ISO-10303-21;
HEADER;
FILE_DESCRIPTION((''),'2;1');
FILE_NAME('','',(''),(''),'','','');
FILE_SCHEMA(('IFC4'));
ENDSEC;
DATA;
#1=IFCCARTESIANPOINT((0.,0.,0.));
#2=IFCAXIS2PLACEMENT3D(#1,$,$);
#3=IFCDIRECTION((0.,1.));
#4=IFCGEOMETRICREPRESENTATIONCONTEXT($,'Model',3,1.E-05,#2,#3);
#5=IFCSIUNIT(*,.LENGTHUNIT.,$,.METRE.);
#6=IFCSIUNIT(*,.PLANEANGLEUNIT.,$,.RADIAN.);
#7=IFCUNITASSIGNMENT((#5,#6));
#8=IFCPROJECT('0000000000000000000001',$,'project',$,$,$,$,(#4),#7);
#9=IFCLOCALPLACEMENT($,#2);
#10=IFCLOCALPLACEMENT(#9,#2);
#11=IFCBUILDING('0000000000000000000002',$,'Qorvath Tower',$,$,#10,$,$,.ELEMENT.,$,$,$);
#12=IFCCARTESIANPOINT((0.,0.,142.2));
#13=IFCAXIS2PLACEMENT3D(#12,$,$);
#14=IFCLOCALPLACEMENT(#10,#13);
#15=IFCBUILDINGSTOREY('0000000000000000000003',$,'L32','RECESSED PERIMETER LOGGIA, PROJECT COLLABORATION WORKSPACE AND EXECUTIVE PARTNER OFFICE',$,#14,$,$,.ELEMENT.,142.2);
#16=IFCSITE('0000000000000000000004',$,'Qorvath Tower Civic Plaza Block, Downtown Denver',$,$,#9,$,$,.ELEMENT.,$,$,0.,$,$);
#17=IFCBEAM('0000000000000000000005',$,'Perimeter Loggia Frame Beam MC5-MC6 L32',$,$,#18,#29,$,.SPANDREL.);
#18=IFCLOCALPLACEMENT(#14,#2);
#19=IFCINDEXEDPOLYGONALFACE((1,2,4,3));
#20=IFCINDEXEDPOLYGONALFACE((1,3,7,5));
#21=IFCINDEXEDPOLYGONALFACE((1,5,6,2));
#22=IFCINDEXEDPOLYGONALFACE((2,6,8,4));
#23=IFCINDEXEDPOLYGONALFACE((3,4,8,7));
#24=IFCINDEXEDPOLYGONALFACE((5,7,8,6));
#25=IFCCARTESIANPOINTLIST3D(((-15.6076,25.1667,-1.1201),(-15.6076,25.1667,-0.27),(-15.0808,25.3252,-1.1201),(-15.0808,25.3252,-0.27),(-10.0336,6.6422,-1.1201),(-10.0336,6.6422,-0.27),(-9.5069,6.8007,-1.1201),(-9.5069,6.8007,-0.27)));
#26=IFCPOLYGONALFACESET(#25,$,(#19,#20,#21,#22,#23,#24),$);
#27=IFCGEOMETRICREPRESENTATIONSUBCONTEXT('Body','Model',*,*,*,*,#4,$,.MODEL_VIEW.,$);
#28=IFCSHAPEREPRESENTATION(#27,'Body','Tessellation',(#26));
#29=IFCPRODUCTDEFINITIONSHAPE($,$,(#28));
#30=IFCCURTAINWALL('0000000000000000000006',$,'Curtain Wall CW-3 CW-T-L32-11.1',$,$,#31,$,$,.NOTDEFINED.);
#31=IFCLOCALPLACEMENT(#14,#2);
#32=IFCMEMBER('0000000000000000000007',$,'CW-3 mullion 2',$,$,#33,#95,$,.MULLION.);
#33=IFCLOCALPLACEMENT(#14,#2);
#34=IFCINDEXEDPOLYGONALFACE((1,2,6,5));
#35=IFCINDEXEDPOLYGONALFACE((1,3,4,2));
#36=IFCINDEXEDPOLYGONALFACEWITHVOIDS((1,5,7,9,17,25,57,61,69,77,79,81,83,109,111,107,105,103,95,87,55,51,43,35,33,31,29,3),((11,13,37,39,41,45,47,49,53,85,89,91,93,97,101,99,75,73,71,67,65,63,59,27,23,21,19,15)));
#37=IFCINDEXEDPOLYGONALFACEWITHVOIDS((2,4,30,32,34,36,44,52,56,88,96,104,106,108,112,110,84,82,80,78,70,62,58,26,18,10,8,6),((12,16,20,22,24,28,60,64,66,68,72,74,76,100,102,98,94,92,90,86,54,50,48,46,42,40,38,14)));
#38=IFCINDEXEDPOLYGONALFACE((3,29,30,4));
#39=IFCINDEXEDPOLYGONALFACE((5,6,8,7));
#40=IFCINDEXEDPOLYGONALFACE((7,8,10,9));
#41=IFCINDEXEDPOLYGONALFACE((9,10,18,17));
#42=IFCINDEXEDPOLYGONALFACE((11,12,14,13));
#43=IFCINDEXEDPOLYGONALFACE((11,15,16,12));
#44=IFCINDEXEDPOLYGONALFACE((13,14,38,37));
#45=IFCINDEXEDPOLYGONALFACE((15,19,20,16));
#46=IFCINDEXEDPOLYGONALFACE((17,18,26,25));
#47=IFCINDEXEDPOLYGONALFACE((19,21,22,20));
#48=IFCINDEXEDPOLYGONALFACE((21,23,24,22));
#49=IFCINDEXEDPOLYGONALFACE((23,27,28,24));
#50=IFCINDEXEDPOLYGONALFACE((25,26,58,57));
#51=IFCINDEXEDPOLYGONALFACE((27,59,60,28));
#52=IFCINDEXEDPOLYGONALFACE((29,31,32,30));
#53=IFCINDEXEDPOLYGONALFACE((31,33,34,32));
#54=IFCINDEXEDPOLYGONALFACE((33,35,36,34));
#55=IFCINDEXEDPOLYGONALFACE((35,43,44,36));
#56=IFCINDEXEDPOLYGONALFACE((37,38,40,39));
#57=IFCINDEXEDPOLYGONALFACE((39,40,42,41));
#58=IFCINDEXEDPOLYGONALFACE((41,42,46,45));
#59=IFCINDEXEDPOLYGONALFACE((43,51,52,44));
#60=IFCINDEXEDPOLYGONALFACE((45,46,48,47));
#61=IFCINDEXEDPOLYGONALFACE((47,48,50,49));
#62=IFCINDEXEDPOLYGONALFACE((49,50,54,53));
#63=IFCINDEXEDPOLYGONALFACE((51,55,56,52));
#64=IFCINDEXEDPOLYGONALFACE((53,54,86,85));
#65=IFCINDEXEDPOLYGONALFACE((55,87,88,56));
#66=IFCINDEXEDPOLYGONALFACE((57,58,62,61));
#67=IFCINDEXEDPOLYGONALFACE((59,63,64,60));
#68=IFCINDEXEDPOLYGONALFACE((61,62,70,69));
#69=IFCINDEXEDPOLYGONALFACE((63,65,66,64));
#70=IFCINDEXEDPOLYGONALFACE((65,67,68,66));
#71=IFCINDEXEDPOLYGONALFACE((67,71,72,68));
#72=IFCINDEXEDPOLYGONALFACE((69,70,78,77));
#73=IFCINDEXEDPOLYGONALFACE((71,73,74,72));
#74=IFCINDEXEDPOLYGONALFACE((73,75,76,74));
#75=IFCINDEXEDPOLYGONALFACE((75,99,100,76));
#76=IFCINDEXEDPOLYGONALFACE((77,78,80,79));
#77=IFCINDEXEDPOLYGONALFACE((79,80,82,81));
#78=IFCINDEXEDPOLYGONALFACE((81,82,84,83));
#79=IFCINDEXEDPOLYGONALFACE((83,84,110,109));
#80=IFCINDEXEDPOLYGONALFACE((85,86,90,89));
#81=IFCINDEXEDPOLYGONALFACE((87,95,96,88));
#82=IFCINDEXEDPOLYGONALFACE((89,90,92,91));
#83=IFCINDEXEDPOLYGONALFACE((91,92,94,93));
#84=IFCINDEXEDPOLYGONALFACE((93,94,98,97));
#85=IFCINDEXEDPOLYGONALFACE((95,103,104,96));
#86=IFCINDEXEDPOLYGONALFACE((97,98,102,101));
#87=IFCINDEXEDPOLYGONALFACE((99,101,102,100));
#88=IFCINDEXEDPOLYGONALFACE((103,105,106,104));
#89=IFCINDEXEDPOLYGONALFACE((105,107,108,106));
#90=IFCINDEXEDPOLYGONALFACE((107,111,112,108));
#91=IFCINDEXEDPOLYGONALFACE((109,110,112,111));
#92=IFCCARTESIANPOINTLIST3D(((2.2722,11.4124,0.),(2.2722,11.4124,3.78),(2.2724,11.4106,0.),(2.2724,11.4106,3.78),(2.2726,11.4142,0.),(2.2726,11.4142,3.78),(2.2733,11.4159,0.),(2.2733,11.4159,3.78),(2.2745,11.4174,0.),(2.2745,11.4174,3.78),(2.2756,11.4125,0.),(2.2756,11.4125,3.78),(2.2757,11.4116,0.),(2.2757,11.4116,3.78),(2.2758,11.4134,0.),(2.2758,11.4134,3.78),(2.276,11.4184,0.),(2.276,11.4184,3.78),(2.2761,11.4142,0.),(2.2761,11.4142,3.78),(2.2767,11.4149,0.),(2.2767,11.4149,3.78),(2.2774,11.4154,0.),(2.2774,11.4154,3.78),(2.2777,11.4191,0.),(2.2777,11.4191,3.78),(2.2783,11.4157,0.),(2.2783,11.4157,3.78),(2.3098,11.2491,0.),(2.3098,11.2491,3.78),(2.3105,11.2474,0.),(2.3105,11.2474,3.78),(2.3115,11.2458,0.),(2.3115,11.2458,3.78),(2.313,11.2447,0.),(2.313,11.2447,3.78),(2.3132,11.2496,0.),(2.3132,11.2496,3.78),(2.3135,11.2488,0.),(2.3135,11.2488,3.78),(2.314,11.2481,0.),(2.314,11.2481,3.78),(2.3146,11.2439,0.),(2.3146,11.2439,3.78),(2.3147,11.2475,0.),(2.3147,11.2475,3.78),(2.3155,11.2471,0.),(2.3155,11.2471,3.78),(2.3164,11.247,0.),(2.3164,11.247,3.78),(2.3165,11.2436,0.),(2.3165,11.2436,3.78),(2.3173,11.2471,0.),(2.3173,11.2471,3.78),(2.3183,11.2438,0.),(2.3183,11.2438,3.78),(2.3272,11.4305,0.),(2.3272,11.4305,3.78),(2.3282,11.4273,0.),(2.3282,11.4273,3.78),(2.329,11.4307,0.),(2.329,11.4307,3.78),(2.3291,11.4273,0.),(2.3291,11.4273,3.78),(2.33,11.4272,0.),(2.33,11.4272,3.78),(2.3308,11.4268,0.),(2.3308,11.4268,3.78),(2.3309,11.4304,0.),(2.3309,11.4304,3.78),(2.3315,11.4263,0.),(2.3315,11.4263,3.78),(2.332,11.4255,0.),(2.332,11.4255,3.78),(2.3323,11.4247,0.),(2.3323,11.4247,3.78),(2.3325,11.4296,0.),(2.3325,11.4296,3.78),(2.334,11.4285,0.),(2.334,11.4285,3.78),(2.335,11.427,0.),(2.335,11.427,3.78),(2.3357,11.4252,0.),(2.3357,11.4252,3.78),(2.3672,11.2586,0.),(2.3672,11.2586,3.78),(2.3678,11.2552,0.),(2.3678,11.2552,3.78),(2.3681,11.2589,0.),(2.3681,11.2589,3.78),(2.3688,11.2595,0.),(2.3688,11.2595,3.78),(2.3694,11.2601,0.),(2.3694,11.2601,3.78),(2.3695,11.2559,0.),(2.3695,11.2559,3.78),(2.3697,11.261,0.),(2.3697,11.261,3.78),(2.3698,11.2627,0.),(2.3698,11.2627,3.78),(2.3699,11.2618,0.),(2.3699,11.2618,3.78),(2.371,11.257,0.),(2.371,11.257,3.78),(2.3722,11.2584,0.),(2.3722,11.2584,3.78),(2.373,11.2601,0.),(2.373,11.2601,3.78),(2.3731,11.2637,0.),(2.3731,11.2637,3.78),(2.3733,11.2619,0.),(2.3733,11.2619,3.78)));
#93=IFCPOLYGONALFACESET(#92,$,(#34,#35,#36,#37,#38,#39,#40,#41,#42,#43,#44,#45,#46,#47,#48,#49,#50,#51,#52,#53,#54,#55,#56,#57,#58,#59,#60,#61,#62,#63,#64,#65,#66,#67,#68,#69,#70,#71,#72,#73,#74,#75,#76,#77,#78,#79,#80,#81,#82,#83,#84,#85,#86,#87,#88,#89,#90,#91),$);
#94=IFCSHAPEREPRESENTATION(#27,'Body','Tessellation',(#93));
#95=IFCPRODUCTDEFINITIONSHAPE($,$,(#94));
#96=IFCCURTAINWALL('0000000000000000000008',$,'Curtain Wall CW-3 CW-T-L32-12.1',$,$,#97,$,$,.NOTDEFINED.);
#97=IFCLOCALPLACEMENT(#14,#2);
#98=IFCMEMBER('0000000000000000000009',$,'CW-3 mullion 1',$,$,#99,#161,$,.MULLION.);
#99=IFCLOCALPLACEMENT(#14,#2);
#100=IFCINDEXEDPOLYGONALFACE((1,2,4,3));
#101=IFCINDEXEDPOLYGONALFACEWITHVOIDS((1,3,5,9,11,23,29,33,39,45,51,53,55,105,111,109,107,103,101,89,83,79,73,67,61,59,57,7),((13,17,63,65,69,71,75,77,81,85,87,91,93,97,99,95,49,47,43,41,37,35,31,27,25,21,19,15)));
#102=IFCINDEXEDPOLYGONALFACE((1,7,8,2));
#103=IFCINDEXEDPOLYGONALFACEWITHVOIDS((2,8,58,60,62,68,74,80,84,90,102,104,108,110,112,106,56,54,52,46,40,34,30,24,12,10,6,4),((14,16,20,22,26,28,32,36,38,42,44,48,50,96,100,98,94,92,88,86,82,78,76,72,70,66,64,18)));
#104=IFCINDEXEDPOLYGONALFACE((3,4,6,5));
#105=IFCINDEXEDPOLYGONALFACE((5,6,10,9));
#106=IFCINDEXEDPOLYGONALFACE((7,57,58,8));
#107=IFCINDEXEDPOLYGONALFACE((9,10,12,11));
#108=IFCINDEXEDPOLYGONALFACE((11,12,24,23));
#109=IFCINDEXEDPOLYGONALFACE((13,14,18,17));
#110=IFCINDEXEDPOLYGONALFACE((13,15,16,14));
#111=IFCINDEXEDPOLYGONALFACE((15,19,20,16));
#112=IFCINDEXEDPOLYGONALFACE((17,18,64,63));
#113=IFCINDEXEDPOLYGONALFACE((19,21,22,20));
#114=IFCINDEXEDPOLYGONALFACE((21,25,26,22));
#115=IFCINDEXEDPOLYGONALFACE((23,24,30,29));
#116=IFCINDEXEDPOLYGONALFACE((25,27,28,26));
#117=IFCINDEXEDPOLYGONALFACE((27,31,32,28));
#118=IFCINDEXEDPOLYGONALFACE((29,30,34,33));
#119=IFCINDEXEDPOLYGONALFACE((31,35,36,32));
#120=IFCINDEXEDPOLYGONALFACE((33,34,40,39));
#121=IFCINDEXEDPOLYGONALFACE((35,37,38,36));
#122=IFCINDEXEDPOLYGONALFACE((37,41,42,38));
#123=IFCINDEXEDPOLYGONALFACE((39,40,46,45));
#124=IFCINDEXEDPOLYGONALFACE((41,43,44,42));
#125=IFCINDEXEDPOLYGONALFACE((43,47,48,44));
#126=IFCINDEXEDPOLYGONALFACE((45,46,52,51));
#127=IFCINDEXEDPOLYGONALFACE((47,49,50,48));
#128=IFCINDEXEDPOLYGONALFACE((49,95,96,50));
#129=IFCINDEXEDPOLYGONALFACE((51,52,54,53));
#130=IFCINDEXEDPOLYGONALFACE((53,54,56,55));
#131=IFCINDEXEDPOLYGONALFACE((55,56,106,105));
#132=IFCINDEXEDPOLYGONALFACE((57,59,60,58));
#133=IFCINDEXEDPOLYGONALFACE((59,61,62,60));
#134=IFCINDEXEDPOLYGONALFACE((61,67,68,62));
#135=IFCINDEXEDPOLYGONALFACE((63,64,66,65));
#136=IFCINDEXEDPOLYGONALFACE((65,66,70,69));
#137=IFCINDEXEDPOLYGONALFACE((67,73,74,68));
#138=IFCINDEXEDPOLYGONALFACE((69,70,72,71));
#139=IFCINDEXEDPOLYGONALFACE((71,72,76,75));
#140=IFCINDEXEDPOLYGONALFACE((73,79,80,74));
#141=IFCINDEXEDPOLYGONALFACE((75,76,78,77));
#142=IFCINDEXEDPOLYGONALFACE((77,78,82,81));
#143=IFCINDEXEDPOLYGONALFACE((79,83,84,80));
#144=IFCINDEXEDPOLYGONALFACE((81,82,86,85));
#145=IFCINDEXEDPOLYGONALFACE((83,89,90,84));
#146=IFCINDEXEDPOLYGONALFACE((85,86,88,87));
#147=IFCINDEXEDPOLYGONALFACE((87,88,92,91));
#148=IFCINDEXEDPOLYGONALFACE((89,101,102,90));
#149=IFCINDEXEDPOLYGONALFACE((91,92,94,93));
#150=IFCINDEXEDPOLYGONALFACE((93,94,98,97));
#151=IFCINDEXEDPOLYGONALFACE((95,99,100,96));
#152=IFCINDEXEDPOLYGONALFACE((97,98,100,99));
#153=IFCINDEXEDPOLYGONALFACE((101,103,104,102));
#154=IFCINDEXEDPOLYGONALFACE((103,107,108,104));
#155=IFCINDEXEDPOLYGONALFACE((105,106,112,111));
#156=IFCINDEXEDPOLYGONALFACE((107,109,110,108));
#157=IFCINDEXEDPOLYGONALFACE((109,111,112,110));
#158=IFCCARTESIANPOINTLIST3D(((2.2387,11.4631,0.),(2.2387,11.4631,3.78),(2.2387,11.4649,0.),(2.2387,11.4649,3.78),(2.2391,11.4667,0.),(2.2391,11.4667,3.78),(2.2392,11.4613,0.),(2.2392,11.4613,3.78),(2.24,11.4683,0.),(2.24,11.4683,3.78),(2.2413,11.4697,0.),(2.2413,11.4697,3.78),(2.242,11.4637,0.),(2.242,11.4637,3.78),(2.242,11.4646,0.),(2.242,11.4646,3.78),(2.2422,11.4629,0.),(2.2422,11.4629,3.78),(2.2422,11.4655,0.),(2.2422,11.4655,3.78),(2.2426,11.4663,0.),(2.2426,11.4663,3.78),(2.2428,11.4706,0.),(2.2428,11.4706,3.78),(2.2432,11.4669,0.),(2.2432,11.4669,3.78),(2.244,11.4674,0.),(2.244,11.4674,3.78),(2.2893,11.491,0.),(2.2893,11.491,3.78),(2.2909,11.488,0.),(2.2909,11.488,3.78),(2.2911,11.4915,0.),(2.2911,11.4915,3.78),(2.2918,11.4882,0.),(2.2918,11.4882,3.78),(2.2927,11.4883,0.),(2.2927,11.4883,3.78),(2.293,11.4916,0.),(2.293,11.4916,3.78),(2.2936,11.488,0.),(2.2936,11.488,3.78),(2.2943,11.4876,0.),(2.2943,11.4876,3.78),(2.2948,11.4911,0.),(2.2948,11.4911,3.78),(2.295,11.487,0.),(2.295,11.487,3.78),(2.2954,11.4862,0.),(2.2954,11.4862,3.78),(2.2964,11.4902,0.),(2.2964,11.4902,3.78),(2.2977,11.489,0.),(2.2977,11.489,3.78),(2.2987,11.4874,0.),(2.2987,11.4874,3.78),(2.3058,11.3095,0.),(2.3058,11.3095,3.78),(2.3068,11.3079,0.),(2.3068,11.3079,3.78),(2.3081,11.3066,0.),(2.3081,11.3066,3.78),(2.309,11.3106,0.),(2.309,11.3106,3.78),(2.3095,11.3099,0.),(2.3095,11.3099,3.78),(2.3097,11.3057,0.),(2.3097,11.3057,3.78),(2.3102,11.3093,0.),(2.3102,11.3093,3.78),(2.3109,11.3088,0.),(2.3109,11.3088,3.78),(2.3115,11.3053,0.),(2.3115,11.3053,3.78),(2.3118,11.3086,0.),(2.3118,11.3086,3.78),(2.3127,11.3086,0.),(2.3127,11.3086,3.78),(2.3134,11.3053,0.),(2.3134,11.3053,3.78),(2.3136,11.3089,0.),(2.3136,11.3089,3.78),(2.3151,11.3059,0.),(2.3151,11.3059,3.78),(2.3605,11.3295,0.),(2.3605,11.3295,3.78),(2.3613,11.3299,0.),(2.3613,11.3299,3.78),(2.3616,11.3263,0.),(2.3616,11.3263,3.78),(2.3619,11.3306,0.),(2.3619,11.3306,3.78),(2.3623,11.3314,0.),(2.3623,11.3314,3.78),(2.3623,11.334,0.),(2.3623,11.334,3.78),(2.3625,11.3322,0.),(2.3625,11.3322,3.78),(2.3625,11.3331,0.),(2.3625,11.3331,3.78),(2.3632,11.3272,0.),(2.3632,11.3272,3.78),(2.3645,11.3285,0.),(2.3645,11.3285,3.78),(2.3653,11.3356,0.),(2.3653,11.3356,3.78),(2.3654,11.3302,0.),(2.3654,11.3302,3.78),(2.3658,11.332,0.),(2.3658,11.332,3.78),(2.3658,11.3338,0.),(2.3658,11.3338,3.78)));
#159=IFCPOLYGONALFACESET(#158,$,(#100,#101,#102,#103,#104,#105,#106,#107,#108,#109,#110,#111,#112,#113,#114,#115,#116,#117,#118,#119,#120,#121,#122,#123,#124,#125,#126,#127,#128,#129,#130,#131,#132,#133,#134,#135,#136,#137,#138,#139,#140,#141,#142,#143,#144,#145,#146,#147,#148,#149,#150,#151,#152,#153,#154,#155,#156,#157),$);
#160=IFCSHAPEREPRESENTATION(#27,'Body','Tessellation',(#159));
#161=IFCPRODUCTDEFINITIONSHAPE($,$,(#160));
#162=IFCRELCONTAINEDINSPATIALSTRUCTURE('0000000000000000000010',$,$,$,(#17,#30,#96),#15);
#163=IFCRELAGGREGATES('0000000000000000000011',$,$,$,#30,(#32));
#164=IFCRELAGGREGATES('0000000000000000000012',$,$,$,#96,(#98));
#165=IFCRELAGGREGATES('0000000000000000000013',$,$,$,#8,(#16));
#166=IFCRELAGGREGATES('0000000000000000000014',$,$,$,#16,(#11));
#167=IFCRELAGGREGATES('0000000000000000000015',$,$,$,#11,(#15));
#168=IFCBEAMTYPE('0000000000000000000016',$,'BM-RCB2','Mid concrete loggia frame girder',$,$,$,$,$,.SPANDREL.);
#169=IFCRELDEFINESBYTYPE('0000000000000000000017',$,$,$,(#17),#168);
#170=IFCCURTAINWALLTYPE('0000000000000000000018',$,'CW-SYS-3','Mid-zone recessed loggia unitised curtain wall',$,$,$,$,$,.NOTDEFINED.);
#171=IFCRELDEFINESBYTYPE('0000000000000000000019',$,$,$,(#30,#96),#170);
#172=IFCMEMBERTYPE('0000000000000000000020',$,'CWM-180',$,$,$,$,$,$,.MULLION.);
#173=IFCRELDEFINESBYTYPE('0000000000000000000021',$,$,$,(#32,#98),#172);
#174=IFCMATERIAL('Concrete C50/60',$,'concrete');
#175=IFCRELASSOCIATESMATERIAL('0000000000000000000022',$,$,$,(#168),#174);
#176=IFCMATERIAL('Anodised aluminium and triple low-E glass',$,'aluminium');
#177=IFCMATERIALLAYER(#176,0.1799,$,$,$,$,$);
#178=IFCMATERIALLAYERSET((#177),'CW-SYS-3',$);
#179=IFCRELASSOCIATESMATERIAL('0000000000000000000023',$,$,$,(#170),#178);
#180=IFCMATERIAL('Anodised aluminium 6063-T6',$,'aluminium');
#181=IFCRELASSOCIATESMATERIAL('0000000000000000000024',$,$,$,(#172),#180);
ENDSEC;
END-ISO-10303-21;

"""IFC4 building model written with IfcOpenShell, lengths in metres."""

from ifc_helpers import new_model, si_unit, direction, frame, origin, origin_2d, place, context, subcontext, project, spatial, rectangle, hollow_rectangle, extrude, material, layer, layer_set, material_profile, profile_set, type_object, element, aggregate, save


model = new_model("IFC4")

# Units and contexts
model_context = context("Model", 3, precision=1e-05, world=origin(), true_north=direction((0.0, 1.0)))
body_context = subcontext(model_context, "Body", "Model", "MODEL_VIEW")
ifc_project = project(units=[si_unit("LENGTHUNIT", "METRE"), si_unit("PLANEANGLEUNIT", "RADIAN")], contexts=[model_context])

# Site, building, storey
site_placement = place(None, origin())
site = spatial("IfcSite", under=ifc_project, at=site_placement, Name="Qorvath Tower Civic Plaza Block, Downtown Denver", CompositionType="ELEMENT", RefElevation=0.0)
building_placement = place(site_placement, origin())
building = spatial("IfcBuilding", under=site, at=building_placement, Name="Qorvath Tower", CompositionType="ELEMENT")
storey_placement = place(building_placement, frame((0.0, 0.0, 142.2)))
storey = spatial("IfcBuildingStorey", under=building, at=storey_placement, Name="L32", Description="RECESSED PERIMETER LOGGIA, PROJECT COLLABORATION WORKSPACE AND EXECUTIVE PARTNER OFFICE", CompositionType="ELEMENT", Elevation=142.2)

# Beam
ifc_material_1 = material(Name="Concrete C50/60", Category="concrete")
ifc_material_profile_1 = material_profile(ifc_material_1, rectangle(XDim=0.55, YDim=0.8501, at=origin_2d()), Name="RCB 850x550")
ifc_profile_set_1 = profile_set([ifc_material_profile_1], Name="Concrete C50/60")
beam_type_1 = type_object("IfcBeamType", Name="BM-RCB2", Description="Mid concrete loggia frame girder", PredefinedType="SPANDREL", material=ifc_profile_set_1)
beam_1_placement = place(storey_placement, frame((-9.7703, 6.7214, -0.6951), z_axis=(-0.288134, 0.95759, 0.0), x_axis=(-0.95759, -0.288134, 0.0)))
element("IfcBeam", 1, at=beam_1_placement, inside=storey, type_object=beam_type_1, Name="Perimeter Loggia Frame Beam MC5-MC6 L32", PredefinedType="SPANDREL", context=body_context, shape_type="SweptSolid", body=[
    extrude(rectangle(XDim=0.55, YDim=0.8501, at=origin_2d()), origin(), (0.0, 0.0, 1.0), 19.345),
])

# Curtain wall, member
ifc_material_2 = material(Name="Anodised aluminium and triple low-E glass", Category="aluminium")
ifc_layer_1 = layer(ifc_material_2, 0.1799)
ifc_layer_set_1 = layer_set([ifc_layer_1], Name="CW-SYS-3")
curtain_wall_type = type_object("IfcCurtainWallType", Name="CW-SYS-3", Description="Mid-zone recessed loggia unitised curtain wall", PredefinedType="NOTDEFINED", material=ifc_layer_set_1)
curtain_wall_1_placement = place(storey_placement, origin())
curtain_wall_1 = element("IfcCurtainWall", 2, at=curtain_wall_1_placement, inside=storey, type_object=curtain_wall_type, Name="Curtain Wall CW-3 CW-T-L32-11.1", PredefinedType="NOTDEFINED")
ifc_material_3 = material(Name="Anodised aluminium 6063-T6", Category="aluminium")
ifc_material_profile_2 = material_profile(ifc_material_3, hollow_rectangle(XDim=0.0649, YDim=0.1799, WallThickness=0.0034, InnerFilletRadius=0.0034, OuterFilletRadius=0.0071, at=origin_2d()), Name="CWM 180x65")
ifc_profile_set_2 = profile_set([ifc_material_profile_2], Name="Anodised aluminium 6063-T6")
member_type_1 = type_object("IfcMemberType", Name="CWM-180", PredefinedType="MULLION", material=ifc_profile_set_2)
member_1_placement = place(storey_placement, frame((2.3228, 11.3372, 0.0), z_axis=(0.0, 0.0, 1.0), x_axis=(-0.974237, -0.225526, 0.0)))
member_1 = element("IfcMember", 3, at=member_1_placement, type_object=member_type_1, Name="CW-3 mullion 2", PredefinedType="MULLION", context=body_context, shape_type="SweptSolid", body=[
    extrude(hollow_rectangle(XDim=0.0649, YDim=0.1799, WallThickness=0.0034, InnerFilletRadius=0.0034, OuterFilletRadius=0.0071, at=origin_2d()), origin(), (0.0, 0.0, 1.0), 3.78),
])

# Curtain wall, member
curtain_wall_2_placement = place(storey_placement, origin())
curtain_wall_2 = element("IfcCurtainWall", 4, at=curtain_wall_2_placement, inside=storey, type_object=curtain_wall_type, Name="Curtain Wall CW-3 CW-T-L32-12.1", PredefinedType="NOTDEFINED")
member_2_placement = place(storey_placement, frame((2.3022, 11.3984, 0.0), z_axis=(0.0, 0.0, 1.0), x_axis=(-0.915704, -0.401854, 0.0)))
member_2 = element("IfcMember", 5, at=member_2_placement, type_object=member_type_1, Name="CW-3 mullion 1", PredefinedType="MULLION", context=body_context, shape_type="SweptSolid", body=[
    extrude(hollow_rectangle(XDim=0.0649, YDim=0.1799, WallThickness=0.0034, InnerFilletRadius=0.0034, OuterFilletRadius=0.0071, at=origin_2d()), origin(), (0.0, 0.0, 1.0), 3.78),
])

aggregate(curtain_wall_1, [member_1])
aggregate(curtain_wall_2, [member_2])

save(model, "model.ifc")
